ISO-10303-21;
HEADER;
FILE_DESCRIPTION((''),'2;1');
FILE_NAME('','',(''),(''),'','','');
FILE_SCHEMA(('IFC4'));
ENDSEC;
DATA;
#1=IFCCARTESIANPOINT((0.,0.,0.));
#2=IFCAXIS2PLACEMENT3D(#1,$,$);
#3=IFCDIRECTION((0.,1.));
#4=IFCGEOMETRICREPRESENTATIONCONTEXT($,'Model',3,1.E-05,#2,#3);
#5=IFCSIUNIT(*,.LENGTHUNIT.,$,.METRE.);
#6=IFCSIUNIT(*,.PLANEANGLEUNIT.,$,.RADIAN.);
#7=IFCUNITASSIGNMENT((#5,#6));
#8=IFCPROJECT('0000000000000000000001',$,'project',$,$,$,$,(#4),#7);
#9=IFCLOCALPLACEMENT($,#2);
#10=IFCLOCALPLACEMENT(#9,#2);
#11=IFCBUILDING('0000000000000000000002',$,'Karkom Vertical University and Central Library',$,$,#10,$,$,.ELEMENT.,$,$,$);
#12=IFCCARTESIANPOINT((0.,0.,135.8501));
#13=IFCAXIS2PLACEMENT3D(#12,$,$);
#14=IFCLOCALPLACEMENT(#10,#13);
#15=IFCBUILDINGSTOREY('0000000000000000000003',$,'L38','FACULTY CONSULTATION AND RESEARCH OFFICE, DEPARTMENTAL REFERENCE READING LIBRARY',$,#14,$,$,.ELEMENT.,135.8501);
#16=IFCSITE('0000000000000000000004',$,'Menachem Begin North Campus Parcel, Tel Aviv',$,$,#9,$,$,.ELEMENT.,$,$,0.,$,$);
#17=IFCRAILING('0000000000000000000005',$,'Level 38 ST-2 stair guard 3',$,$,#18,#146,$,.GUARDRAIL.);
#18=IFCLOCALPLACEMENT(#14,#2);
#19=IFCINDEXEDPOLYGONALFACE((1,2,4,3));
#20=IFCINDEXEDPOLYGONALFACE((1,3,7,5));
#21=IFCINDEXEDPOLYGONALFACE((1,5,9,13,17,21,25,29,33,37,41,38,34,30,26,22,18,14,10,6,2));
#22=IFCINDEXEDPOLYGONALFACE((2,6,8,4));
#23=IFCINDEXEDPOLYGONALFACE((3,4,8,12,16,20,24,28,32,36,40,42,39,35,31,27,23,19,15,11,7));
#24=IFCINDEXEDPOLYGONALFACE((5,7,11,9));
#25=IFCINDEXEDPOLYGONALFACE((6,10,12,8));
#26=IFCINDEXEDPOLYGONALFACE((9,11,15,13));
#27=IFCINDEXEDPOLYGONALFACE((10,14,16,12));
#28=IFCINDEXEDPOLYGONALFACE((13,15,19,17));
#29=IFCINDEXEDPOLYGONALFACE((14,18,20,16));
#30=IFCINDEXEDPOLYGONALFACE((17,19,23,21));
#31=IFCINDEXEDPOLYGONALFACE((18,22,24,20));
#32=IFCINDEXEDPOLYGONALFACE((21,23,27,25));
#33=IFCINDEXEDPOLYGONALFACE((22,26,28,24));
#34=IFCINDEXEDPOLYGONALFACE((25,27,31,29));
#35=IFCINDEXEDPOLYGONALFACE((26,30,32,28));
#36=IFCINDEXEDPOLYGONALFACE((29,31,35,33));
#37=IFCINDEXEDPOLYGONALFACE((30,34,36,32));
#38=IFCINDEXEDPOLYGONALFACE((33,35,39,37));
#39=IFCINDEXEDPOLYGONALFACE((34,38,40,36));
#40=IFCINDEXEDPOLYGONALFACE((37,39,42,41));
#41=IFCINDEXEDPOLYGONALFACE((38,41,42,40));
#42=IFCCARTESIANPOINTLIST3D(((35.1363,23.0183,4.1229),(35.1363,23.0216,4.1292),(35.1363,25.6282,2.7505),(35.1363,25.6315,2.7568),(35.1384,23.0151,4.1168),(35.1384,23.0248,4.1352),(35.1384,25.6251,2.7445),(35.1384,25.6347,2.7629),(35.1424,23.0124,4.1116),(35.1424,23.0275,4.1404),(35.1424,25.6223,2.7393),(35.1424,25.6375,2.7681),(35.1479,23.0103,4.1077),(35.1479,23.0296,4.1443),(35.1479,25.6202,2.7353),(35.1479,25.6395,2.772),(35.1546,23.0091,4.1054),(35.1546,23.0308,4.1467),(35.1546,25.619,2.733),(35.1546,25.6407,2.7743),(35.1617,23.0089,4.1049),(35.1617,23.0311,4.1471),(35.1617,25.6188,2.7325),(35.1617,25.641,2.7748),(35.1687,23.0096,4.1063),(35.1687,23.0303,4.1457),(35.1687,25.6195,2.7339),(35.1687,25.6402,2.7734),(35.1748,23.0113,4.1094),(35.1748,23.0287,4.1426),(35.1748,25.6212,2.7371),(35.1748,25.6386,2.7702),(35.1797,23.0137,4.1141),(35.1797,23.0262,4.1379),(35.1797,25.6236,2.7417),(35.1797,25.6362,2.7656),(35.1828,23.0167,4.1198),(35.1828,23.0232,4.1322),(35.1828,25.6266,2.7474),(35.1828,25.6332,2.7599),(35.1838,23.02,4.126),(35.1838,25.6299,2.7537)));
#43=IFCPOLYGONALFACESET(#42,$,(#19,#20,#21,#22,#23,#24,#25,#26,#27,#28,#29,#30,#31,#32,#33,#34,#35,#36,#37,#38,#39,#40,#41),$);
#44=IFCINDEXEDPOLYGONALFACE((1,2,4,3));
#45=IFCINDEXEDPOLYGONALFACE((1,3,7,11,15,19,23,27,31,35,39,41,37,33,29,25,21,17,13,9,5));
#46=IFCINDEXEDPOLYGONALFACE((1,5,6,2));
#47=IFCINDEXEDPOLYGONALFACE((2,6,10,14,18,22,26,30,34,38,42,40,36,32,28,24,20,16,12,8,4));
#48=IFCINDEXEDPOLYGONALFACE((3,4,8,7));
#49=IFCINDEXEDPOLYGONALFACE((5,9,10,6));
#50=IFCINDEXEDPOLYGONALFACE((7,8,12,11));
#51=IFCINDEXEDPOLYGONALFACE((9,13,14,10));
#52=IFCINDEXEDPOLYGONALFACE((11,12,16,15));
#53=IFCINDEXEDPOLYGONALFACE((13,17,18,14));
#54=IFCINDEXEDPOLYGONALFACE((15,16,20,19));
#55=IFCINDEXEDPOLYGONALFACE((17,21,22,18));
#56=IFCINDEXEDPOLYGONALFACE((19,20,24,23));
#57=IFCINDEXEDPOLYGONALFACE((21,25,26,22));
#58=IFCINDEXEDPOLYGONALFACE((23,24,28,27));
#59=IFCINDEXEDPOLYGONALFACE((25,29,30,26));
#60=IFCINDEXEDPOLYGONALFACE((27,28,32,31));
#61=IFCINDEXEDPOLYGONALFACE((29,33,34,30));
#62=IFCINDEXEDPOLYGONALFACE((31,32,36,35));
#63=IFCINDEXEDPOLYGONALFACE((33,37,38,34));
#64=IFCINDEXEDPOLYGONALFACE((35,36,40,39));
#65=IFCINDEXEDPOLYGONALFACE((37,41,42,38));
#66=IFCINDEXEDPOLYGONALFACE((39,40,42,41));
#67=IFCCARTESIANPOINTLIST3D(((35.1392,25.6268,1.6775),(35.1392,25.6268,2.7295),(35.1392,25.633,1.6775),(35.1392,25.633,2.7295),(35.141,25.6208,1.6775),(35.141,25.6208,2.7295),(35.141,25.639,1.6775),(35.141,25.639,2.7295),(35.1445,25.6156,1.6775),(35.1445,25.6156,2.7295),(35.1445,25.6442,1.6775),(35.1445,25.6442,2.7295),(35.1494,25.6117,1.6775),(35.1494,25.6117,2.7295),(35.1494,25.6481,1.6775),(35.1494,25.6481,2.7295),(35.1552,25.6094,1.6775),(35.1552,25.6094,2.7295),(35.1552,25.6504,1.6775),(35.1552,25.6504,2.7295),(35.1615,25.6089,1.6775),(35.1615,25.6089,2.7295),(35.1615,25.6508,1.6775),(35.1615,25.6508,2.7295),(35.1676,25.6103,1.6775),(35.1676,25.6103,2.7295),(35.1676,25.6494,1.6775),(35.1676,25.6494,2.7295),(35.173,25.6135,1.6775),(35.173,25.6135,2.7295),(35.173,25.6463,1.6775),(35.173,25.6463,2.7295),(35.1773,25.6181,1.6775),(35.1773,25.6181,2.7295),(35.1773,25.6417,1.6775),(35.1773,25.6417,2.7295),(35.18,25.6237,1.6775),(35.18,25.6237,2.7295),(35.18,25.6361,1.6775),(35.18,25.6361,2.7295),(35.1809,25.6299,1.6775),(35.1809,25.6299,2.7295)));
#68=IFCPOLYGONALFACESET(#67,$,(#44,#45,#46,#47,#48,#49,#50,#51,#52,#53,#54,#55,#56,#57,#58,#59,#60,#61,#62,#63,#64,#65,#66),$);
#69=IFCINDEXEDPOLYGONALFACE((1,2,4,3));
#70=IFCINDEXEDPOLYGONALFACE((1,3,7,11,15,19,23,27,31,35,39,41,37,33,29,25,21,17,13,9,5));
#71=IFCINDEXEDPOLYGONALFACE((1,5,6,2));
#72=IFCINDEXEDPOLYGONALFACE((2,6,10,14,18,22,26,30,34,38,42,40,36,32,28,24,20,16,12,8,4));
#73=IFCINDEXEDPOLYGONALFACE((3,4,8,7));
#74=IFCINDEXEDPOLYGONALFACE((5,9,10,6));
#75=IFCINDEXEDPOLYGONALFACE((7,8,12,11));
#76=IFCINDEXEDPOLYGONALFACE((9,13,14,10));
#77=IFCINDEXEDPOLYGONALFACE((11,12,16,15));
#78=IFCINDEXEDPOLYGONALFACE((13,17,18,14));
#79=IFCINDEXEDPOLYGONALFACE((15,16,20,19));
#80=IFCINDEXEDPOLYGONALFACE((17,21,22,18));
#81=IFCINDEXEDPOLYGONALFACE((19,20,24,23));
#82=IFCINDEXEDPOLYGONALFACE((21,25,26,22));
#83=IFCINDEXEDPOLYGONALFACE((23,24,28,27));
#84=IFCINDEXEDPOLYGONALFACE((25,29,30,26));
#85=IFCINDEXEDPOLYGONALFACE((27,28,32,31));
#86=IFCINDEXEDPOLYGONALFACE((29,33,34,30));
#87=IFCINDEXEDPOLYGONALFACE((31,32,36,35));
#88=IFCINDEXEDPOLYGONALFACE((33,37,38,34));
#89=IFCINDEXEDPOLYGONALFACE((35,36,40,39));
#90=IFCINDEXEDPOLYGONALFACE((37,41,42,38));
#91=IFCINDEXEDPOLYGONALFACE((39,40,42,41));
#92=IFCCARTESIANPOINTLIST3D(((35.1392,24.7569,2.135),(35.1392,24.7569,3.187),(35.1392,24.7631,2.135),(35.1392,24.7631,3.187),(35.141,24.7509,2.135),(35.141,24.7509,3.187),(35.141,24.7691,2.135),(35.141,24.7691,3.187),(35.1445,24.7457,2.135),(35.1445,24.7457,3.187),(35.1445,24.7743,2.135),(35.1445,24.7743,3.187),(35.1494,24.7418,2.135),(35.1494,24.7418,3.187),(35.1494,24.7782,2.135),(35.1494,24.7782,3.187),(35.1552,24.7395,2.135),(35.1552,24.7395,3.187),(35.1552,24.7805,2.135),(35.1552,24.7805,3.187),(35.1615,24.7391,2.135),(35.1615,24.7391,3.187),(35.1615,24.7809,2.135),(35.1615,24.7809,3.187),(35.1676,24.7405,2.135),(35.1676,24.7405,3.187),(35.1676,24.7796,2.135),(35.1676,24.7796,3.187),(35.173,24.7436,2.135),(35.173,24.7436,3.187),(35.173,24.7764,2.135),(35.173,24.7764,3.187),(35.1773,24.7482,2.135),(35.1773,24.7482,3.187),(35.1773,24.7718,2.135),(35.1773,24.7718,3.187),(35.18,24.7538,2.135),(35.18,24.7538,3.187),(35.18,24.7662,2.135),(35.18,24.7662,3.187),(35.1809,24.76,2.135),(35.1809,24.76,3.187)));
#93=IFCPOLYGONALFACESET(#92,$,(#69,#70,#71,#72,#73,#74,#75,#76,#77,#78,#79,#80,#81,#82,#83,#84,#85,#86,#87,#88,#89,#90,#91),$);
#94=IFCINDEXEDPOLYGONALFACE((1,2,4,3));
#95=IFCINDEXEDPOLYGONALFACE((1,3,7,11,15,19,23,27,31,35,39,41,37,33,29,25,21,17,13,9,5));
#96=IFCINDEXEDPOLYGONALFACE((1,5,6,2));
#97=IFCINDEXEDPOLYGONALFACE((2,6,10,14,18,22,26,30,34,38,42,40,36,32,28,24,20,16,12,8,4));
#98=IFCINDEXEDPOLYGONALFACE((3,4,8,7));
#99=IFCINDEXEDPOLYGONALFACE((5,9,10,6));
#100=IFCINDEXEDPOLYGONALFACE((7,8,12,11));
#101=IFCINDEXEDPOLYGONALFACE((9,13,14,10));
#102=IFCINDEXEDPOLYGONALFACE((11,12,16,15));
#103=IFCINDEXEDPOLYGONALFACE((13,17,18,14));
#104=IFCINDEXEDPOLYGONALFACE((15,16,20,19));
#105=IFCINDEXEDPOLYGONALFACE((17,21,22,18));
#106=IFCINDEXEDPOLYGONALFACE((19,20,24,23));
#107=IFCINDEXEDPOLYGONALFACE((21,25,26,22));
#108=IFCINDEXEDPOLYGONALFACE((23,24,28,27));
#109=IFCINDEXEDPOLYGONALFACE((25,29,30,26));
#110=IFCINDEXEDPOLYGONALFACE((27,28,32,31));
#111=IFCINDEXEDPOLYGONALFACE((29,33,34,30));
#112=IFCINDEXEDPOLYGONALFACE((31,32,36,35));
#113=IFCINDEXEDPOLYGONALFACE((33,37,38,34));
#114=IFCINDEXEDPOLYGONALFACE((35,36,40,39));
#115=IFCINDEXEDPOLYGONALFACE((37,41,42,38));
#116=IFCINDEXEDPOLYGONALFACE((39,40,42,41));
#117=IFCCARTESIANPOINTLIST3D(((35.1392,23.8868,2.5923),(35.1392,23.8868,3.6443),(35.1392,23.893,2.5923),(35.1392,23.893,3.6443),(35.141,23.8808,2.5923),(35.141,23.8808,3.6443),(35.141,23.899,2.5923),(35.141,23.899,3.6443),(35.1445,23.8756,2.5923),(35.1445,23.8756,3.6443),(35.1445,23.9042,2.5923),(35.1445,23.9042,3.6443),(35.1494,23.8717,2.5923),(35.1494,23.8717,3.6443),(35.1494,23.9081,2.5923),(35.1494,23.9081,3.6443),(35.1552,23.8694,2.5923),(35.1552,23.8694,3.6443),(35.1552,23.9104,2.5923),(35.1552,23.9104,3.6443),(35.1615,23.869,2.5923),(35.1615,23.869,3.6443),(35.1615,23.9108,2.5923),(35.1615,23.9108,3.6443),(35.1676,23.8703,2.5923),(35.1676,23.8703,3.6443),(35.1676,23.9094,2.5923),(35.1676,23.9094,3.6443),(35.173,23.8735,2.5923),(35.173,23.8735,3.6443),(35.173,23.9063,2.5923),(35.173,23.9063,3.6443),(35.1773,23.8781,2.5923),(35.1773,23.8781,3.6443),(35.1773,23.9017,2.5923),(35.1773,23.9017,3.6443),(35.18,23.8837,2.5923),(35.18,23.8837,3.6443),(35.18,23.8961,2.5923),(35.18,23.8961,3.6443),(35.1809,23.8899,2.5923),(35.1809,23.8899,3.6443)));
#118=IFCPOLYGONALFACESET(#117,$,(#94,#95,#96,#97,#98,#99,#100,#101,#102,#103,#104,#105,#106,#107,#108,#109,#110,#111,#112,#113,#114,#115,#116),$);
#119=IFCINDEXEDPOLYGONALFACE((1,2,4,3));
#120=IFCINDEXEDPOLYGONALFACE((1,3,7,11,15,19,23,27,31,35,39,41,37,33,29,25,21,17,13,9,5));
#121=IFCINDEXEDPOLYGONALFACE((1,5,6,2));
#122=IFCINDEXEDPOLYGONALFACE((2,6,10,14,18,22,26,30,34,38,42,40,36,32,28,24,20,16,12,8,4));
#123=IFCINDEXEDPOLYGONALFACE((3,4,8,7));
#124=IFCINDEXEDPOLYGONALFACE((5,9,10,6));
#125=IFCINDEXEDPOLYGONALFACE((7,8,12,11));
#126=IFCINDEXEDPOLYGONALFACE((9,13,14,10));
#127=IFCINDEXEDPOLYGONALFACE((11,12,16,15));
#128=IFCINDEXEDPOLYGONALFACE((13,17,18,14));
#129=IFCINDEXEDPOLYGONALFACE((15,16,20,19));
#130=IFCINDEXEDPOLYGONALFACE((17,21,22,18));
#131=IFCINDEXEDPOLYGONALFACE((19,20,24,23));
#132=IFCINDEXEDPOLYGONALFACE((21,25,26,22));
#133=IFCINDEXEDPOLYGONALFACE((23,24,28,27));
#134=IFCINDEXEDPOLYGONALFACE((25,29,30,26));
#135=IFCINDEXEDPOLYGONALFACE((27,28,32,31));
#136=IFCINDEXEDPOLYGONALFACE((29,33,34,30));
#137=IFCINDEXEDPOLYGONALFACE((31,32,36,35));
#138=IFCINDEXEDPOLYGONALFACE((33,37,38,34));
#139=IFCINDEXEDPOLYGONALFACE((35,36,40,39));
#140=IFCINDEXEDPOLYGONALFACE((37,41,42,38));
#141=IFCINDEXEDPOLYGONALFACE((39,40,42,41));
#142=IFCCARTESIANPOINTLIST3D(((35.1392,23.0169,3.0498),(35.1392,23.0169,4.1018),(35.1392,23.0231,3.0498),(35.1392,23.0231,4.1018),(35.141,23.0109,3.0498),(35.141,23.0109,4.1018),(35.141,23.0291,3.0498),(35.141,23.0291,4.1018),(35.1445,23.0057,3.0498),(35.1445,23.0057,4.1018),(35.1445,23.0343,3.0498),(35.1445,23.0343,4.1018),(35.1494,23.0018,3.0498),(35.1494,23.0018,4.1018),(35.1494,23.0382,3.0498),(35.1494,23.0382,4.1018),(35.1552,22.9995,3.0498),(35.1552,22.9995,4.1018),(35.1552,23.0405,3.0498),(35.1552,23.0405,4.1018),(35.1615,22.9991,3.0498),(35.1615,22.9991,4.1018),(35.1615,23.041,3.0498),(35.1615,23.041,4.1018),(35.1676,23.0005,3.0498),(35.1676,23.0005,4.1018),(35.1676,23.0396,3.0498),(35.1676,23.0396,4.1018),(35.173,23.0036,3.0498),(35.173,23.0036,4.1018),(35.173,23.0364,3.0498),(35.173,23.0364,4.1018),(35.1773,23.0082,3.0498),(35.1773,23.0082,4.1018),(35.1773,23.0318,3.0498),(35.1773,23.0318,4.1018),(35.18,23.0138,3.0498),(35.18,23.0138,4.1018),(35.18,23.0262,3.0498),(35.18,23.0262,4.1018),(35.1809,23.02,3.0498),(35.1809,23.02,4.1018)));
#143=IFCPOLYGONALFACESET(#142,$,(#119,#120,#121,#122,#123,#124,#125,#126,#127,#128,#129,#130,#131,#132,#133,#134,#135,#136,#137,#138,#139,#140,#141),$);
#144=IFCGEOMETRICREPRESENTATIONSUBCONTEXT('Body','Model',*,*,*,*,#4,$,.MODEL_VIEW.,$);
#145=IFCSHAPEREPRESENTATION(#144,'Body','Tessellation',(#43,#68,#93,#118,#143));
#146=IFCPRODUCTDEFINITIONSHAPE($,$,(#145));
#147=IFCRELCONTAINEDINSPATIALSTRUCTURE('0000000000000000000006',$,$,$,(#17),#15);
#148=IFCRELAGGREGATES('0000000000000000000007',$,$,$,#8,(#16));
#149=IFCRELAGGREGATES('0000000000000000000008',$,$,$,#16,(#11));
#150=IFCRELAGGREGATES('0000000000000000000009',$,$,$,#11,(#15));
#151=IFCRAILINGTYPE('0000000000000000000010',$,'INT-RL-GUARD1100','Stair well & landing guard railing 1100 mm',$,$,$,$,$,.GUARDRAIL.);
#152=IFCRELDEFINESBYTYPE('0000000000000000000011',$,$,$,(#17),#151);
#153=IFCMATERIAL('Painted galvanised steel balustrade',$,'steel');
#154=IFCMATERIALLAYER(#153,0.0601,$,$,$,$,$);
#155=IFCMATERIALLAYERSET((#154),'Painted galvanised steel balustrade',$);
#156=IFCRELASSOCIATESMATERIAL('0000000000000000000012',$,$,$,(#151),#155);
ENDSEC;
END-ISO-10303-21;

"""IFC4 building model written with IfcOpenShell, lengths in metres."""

from ifc_helpers import new_model, si_unit, direction, frame, origin, origin_2d, place, context, subcontext, project, spatial, circle, extrude, material, layer, layer_set, type_object, element, save


model = new_model("IFC4")

# Units and contexts
model_context = context("Model", 3, precision=1e-05, world=origin(), true_north=direction((0.0, 1.0)))
body_context = subcontext(model_context, "Body", "Model", "MODEL_VIEW")
ifc_project = project(units=[si_unit("LENGTHUNIT", "METRE"), si_unit("PLANEANGLEUNIT", "RADIAN")], contexts=[model_context])

# Site, building, storey
site_placement = place(None, origin())
site = spatial("IfcSite", under=ifc_project, at=site_placement, Name="Menachem Begin North Campus Parcel, Tel Aviv", CompositionType="ELEMENT", RefElevation=0.0)
building_placement = place(site_placement, origin())
building = spatial("IfcBuilding", under=site, at=building_placement, Name="Karkom Vertical University and Central Library", CompositionType="ELEMENT")
storey_placement = place(building_placement, frame((0.0, 0.0, 135.8501)))
storey = spatial("IfcBuildingStorey", under=building, at=storey_placement, Name="L38", Description="FACULTY CONSULTATION AND RESEARCH OFFICE, DEPARTMENTAL REFERENCE READING LIBRARY", CompositionType="ELEMENT", Elevation=135.8501)

# Railing
ifc_material_1 = material(Name="Painted galvanised steel balustrade", Category="steel")
ifc_layer_1 = layer(ifc_material_1, 0.0601)
ifc_layer_set_1 = layer_set([ifc_layer_1], Name="Painted galvanised steel balustrade")
railing_type_1 = type_object("IfcRailingType", Name="INT-RL-GUARD1100", Description="Stair well & landing guard railing 1100 mm", PredefinedType="GUARDRAIL", material=ifc_layer_set_1)
railing_1_placement = place(storey_placement, frame((35.1599, 25.6299, 1.6775)))
element("IfcRailing", 1, at=railing_1_placement, inside=storey, type_object=railing_type_1, Name="Level 38 ST-2 stair guard 3", PredefinedType="GUARDRAIL", context=body_context, shape_type="SweptSolid", body=[
    extrude(circle(Radius=0.0239, at=origin_2d()), frame((0.0, 0.0, 1.0762), z_axis=(0.0, -0.8851, 0.465402), x_axis=(1.0, 0.0, 0.0)), (0.0, 0.0, 1.0), 2.9487),
    extrude(circle(Radius=0.021, at=origin_2d()), origin(), (0.0, 0.0, 1.0), 1.052),
    extrude(circle(Radius=0.021, at=origin_2d()), frame((0.0, -0.8699, 0.4575)), (0.0, 0.0, 1.0), 1.052),
    extrude(circle(Radius=0.021, at=origin_2d()), frame((0.0, -1.74, 0.9148)), (0.0, 0.0, 1.0), 1.052),
    extrude(circle(Radius=0.021, at=origin_2d()), frame((0.0, -2.6099, 1.3723)), (0.0, 0.0, 1.0), 1.052),
])

save(model, "model.ifc")
